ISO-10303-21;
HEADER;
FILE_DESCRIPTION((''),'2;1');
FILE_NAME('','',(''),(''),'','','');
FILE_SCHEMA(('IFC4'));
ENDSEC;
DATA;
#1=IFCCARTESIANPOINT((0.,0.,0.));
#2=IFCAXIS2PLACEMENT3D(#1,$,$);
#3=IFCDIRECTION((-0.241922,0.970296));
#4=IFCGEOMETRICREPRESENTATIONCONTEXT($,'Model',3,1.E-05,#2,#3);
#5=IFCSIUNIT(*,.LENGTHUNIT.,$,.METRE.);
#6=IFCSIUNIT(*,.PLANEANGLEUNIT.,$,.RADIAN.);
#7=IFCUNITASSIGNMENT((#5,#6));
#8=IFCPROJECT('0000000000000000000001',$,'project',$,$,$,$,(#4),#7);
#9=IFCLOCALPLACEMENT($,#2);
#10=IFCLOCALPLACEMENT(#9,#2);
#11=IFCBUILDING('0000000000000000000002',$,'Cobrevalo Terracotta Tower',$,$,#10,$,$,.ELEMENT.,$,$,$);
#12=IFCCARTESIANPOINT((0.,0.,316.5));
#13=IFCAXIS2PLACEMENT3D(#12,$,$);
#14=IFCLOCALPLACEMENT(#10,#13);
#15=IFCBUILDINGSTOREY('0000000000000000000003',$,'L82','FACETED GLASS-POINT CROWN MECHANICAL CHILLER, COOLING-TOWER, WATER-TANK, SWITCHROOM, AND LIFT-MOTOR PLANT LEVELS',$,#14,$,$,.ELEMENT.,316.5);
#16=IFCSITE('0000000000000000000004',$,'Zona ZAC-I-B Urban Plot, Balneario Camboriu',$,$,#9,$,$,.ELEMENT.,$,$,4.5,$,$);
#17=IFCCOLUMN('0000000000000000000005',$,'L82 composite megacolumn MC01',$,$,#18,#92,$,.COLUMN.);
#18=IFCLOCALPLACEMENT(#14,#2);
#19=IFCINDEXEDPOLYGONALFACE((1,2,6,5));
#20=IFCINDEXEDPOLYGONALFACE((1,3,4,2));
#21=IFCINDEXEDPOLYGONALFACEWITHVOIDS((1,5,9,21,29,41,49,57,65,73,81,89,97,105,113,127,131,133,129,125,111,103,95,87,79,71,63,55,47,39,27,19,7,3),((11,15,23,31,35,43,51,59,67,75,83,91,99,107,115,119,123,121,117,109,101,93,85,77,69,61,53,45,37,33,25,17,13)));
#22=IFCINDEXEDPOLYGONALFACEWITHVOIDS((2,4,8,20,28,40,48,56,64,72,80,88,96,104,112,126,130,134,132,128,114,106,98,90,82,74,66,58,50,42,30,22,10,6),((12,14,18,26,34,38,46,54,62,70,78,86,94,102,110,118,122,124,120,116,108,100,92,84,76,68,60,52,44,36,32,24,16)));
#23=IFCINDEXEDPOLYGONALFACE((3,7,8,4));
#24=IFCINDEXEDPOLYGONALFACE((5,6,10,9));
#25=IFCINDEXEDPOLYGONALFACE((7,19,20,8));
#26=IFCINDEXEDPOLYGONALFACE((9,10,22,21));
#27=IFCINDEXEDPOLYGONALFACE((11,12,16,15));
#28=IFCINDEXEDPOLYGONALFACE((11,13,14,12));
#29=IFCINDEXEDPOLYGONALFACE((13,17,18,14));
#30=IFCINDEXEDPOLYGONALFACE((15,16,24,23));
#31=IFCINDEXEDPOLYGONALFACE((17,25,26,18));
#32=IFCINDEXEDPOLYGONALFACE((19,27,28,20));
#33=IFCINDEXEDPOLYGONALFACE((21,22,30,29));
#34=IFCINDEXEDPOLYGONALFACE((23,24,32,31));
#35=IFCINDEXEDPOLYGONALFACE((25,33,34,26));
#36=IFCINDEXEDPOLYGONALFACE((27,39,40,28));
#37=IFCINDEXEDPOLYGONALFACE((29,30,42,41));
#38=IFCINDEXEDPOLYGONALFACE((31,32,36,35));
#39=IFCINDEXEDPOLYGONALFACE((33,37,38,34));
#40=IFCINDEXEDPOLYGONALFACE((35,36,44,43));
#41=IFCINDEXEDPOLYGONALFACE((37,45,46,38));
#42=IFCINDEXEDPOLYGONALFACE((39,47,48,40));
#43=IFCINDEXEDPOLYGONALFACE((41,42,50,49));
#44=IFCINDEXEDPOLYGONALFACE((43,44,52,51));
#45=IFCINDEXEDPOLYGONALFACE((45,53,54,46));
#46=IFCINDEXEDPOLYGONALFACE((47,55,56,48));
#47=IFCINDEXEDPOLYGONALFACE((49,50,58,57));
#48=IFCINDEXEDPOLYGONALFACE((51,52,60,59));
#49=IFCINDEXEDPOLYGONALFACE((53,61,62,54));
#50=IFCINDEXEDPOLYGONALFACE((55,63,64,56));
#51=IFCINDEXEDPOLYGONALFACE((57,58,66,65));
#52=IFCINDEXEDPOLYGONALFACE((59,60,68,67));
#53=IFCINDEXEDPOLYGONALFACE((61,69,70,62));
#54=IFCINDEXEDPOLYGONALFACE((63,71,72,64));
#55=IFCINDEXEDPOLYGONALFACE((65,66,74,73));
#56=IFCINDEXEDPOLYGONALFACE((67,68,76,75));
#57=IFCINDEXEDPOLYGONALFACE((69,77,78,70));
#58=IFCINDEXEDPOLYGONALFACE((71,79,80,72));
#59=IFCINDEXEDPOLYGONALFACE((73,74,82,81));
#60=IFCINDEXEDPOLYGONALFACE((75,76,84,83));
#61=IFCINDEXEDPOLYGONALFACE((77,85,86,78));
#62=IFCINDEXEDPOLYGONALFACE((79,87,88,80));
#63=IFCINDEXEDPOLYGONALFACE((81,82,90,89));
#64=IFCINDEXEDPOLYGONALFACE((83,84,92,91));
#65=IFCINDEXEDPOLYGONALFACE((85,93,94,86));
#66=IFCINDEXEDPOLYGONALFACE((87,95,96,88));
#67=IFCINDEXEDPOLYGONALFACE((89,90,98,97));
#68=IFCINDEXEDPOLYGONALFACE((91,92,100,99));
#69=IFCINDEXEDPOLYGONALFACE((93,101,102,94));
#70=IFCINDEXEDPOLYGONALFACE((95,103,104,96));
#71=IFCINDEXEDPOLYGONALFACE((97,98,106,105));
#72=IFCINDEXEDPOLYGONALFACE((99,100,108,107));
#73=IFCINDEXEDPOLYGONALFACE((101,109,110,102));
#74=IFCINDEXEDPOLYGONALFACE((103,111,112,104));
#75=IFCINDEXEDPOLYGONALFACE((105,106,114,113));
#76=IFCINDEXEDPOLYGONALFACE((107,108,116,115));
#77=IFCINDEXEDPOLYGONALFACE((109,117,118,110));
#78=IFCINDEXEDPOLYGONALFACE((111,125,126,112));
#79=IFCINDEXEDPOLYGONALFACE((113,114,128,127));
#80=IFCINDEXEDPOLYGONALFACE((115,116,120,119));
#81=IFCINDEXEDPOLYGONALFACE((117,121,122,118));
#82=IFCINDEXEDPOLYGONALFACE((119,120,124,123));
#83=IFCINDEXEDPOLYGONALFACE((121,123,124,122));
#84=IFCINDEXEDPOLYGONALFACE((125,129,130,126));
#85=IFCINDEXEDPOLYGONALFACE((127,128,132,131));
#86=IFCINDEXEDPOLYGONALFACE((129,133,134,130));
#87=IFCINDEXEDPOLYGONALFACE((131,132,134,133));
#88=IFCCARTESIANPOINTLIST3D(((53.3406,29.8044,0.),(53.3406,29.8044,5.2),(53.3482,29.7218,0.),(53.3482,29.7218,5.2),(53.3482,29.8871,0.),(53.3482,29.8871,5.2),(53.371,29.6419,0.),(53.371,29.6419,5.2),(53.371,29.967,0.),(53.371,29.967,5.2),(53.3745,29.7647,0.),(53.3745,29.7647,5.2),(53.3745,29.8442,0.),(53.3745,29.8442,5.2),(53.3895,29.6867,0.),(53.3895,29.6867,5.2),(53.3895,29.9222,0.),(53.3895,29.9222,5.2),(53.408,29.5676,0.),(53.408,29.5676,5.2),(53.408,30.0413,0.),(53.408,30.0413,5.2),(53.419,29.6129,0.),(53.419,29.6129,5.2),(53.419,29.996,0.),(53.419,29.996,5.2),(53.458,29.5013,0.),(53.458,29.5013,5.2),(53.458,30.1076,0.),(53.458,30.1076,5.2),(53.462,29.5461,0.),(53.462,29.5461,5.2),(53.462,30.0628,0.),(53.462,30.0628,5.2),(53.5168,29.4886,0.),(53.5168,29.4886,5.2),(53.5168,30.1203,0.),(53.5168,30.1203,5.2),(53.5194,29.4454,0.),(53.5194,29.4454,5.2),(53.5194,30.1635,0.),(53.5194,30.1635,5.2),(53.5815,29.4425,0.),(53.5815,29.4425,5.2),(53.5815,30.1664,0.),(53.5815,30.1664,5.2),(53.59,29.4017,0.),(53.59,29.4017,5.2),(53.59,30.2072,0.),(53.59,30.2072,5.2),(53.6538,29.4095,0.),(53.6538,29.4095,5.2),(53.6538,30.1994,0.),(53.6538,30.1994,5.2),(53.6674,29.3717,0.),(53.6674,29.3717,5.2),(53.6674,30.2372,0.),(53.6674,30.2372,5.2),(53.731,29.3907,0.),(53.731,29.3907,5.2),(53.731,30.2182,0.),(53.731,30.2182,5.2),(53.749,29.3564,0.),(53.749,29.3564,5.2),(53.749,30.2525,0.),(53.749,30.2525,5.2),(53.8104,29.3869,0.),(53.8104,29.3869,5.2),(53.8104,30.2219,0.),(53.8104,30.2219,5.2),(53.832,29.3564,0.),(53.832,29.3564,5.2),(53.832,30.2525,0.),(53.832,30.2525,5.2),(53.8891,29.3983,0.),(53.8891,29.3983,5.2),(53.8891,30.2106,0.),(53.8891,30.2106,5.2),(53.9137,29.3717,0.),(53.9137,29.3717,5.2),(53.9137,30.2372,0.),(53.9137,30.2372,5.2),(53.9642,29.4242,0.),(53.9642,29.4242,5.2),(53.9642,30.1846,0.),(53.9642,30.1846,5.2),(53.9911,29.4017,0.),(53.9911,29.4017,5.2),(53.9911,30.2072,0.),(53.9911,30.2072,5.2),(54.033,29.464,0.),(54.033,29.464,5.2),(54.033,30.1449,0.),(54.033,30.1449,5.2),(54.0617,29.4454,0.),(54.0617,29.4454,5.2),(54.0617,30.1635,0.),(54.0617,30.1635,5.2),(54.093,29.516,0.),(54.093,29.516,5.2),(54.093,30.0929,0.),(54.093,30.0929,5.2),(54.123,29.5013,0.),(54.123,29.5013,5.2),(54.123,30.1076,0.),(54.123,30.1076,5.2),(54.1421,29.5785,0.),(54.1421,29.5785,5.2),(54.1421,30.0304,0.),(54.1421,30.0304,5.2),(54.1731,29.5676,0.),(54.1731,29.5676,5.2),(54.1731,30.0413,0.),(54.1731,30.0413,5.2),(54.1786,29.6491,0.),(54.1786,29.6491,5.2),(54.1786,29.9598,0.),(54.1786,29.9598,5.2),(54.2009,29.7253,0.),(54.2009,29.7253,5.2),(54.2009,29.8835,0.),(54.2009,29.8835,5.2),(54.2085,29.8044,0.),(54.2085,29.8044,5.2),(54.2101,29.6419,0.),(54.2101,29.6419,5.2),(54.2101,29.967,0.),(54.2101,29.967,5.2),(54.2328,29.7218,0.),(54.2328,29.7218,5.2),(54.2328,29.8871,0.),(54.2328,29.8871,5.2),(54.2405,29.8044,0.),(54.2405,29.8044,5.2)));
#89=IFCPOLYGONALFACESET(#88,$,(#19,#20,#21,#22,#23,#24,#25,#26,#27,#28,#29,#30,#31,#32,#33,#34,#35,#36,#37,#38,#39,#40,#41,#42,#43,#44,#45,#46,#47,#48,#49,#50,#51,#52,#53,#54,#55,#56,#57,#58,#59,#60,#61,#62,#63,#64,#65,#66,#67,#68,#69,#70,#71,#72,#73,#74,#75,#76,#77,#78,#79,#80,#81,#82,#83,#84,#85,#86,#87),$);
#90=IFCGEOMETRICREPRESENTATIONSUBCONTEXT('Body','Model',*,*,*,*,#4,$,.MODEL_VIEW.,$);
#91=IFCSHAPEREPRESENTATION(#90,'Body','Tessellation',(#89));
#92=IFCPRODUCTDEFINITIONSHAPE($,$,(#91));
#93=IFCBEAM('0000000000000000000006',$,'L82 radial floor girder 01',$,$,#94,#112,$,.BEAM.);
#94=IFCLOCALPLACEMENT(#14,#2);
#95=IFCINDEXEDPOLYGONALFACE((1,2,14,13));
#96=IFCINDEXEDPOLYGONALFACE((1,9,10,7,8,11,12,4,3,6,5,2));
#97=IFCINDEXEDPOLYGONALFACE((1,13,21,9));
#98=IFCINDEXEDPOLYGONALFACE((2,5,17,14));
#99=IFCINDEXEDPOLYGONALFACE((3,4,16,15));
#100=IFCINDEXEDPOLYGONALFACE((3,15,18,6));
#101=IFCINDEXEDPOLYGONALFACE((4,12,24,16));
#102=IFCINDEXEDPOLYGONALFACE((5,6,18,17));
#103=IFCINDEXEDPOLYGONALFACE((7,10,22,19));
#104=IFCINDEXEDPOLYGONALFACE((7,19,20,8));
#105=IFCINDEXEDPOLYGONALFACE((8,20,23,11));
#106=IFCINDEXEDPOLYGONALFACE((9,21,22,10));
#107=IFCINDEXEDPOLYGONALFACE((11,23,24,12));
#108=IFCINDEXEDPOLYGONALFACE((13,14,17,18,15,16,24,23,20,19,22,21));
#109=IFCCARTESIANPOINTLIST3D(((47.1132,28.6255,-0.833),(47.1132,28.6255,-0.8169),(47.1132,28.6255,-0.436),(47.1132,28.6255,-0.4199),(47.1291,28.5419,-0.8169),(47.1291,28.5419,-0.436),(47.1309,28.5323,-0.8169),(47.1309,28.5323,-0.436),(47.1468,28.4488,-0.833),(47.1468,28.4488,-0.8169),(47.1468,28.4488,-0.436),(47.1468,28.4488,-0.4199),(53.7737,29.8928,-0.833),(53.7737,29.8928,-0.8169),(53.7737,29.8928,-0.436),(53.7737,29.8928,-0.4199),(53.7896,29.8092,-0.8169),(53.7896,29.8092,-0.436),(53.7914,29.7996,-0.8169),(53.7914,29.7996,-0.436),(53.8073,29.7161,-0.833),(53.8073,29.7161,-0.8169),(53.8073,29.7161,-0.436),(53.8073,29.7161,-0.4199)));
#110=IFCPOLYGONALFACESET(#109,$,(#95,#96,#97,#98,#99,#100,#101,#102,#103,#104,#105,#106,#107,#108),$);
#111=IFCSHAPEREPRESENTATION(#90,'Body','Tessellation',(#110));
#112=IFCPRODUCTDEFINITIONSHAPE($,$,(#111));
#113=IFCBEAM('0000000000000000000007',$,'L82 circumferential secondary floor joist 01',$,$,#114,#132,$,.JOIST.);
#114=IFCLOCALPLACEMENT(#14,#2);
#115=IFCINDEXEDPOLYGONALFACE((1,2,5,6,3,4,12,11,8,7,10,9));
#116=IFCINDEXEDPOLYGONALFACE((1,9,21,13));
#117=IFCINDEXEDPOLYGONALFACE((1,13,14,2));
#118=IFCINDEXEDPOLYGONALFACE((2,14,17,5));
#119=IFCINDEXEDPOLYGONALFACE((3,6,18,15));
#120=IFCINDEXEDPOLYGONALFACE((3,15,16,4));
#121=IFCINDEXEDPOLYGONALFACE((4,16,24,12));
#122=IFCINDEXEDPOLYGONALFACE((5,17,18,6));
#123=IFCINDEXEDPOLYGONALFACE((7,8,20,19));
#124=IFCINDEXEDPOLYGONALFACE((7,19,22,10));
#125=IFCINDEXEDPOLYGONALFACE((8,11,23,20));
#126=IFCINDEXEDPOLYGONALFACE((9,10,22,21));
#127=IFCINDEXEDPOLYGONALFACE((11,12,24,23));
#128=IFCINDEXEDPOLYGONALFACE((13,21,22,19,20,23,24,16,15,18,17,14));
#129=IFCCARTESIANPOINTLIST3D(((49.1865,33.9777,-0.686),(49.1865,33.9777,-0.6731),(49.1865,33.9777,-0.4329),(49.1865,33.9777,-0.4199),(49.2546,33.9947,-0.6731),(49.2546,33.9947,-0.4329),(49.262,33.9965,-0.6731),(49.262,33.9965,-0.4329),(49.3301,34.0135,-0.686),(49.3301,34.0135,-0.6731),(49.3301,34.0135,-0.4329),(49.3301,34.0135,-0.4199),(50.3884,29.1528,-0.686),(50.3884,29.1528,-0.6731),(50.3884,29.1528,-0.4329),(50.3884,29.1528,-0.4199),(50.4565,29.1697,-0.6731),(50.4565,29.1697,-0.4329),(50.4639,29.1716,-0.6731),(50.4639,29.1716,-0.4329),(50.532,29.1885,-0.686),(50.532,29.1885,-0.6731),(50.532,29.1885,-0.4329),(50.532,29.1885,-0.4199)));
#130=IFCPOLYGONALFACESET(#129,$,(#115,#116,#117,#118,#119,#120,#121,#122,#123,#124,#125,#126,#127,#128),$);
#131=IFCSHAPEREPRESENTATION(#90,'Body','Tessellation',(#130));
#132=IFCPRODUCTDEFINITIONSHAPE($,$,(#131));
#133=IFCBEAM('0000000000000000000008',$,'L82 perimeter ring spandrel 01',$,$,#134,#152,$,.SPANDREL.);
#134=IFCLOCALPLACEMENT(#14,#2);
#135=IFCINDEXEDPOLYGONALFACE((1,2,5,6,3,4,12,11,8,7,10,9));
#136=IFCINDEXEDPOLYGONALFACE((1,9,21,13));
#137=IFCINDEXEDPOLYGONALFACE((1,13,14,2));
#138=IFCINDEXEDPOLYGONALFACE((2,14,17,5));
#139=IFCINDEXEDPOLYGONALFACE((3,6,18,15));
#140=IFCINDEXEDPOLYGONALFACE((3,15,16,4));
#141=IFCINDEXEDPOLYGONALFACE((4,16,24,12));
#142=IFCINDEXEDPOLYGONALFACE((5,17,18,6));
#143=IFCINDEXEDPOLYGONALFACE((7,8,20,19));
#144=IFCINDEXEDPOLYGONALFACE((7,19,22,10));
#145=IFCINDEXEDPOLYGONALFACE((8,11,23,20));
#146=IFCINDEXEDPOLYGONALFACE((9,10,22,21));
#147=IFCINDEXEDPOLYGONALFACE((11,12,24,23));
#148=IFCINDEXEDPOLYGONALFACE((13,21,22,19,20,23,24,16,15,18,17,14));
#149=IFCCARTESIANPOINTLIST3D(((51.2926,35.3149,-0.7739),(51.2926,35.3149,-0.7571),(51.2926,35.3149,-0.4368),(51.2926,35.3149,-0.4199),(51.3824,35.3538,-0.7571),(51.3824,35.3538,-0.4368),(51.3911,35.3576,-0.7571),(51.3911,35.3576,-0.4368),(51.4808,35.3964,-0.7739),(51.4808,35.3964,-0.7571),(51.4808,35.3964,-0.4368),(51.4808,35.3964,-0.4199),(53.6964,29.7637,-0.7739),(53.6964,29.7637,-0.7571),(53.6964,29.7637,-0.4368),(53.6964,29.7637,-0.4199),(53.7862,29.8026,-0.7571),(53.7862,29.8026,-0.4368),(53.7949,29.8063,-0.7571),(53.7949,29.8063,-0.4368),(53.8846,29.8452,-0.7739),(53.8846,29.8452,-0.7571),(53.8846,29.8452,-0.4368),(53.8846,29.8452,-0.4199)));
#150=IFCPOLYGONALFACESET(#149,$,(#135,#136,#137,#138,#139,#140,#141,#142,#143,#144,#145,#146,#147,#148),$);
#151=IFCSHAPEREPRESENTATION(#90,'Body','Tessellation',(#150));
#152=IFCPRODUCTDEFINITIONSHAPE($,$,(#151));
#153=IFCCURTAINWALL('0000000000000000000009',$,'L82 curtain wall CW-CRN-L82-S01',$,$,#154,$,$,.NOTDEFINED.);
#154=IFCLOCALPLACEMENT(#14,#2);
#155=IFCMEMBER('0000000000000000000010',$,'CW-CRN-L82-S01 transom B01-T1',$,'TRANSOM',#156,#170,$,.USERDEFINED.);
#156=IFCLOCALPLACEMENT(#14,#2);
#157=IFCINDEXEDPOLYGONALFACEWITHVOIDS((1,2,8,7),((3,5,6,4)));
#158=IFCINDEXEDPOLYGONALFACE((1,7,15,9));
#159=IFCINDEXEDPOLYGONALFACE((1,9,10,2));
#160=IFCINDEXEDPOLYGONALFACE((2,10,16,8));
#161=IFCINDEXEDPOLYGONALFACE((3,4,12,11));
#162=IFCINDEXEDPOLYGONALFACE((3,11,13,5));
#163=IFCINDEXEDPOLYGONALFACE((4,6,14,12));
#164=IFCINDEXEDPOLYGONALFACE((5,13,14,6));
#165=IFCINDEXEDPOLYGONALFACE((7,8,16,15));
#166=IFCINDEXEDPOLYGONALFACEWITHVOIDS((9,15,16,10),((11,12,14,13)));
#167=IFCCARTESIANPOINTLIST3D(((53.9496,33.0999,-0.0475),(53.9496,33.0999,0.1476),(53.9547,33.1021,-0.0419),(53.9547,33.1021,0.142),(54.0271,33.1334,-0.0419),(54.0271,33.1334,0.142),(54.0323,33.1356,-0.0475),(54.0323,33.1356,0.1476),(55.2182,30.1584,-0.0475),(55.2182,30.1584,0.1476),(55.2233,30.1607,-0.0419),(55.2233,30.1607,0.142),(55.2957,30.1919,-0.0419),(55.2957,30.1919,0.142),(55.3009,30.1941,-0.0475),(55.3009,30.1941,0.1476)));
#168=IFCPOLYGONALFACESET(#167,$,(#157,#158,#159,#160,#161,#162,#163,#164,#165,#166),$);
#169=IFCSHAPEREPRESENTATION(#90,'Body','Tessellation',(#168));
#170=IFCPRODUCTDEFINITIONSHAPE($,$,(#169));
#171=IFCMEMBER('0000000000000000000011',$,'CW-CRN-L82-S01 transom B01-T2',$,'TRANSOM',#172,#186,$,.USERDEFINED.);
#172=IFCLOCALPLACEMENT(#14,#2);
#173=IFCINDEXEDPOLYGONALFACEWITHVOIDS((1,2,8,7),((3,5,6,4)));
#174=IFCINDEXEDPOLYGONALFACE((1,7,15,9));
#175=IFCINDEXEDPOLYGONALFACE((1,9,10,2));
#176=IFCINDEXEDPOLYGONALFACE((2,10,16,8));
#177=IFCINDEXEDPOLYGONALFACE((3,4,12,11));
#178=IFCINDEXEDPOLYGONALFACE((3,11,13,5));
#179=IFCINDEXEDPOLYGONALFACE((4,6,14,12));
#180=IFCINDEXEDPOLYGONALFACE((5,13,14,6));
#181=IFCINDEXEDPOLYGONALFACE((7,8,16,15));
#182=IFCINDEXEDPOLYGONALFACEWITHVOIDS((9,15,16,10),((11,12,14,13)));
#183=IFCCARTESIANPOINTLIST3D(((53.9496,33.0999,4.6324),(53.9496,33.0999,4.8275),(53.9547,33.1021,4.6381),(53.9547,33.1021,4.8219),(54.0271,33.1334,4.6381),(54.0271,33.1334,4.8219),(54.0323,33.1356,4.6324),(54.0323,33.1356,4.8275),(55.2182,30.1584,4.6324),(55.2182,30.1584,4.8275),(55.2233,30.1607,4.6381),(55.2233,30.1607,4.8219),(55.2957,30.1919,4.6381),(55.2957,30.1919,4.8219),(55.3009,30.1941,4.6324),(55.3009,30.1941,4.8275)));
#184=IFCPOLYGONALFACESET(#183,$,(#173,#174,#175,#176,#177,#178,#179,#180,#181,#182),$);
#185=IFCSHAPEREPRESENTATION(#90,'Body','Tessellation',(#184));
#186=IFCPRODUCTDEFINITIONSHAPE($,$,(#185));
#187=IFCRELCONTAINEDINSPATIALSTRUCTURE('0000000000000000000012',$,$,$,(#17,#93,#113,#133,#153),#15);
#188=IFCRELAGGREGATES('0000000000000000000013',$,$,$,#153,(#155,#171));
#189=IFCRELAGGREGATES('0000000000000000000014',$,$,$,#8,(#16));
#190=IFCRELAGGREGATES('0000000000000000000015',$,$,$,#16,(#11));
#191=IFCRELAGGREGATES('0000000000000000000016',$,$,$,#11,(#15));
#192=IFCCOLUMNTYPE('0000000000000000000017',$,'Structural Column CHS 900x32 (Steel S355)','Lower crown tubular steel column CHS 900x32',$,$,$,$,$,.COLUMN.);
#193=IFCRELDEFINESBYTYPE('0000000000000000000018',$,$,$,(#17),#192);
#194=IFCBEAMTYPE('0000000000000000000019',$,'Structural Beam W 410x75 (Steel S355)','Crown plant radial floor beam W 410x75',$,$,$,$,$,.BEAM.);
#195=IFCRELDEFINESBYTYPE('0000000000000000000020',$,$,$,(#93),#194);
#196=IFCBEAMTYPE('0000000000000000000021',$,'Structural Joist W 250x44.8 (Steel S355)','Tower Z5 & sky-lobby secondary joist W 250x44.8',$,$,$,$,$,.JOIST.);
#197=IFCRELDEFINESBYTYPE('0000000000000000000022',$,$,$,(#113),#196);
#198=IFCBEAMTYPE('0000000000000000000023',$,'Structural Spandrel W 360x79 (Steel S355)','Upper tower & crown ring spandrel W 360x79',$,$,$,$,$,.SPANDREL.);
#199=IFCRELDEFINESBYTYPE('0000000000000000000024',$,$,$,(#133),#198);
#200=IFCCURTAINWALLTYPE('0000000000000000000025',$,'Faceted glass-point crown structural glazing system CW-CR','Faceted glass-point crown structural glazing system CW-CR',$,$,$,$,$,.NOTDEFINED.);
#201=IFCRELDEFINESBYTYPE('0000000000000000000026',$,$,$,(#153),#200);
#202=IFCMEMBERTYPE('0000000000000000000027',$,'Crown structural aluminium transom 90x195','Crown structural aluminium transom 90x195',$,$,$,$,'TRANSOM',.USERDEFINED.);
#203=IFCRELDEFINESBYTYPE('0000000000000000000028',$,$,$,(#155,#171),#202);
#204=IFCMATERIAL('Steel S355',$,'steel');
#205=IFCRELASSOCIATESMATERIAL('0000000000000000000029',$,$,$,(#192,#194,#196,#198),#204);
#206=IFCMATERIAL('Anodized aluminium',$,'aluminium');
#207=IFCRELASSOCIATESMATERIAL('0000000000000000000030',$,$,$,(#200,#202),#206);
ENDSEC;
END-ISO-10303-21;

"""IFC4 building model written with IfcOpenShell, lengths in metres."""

from ifc_helpers import new_model, si_unit, direction, frame, origin, origin_2d, place, context, subcontext, project, spatial, hollow_rectangle, hollow_circle, i_section, extrude, source, transform, mapped, material, material_profile, profile_set, type_object, element, aggregate, save


model = new_model("IFC4")

# Units and contexts
model_context = context("Model", 3, precision=1e-05, world=origin(), true_north=direction((-0.241922, 0.970296)))
body_context = subcontext(model_context, "Body", "Model", "MODEL_VIEW")
ifc_project = project(units=[si_unit("LENGTHUNIT", "METRE"), si_unit("PLANEANGLEUNIT", "RADIAN")], contexts=[model_context])

# Site, building, storey
site_placement = place(None, origin())
site = spatial("IfcSite", under=ifc_project, at=site_placement, Name="Zona ZAC-I-B Urban Plot, Balneario Camboriu", CompositionType="ELEMENT", RefElevation=4.5)
building_placement = place(site_placement, origin())
building = spatial("IfcBuilding", under=site, at=building_placement, Name="Cobrevalo Terracotta Tower", CompositionType="ELEMENT")
storey_placement = place(building_placement, frame((0.0, 0.0, 316.5)))
storey = spatial("IfcBuildingStorey", under=building, at=storey_placement, Name="L82", Description="FACETED GLASS-POINT CROWN MECHANICAL CHILLER, COOLING-TOWER, WATER-TANK, SWITCHROOM, AND LIFT-MOTOR PLANT LEVELS", CompositionType="ELEMENT", Elevation=316.5)

# Column
ifc_material_1 = material(Name="Steel S355", Category="steel")
ifc_material_profile_1 = material_profile(ifc_material_1, hollow_circle(Radius=0.45, WallThickness=0.032, at=origin_2d()), Name="CHS 900x32")
ifc_profile_set_1 = profile_set([ifc_material_profile_1], Name="Steel S355")
column_type = type_object("IfcColumnType", Name="Structural Column CHS 900x32 (Steel S355)", Description="Lower crown tubular steel column CHS 900x32", PredefinedType="COLUMN", material=ifc_profile_set_1)
column_placement = place(storey_placement, frame((53.7905, 29.8044, 0.0), z_axis=(0.0, 0.0, 1.0), x_axis=(1.0, 0.0, 0.0)))
element("IfcColumn", 1, at=column_placement, inside=storey, type_object=column_type, Name="L82 composite megacolumn MC01", PredefinedType="COLUMN", context=body_context, shape_type="SweptSolid", body=[
    extrude(hollow_circle(Radius=0.45, WallThickness=0.032, at=origin_2d()), origin(), (0.0, 0.0, 1.0), 5.2),
])

# Beams
ifc_material_profile_2 = material_profile(ifc_material_1, i_section(OverallWidth=0.1799, OverallDepth=0.4131, WebThickness=0.0098, FlangeThickness=0.0161, at=origin_2d()), Name="W 410x75")
ifc_profile_set_2 = profile_set([ifc_material_profile_2], Name="Steel S355")
beam_type_1 = type_object("IfcBeamType", Name="Structural Beam W 410x75 (Steel S355)", Description="Crown plant radial floor beam W 410x75", PredefinedType="BEAM", material=ifc_profile_set_2)
beam_1_placement = place(storey_placement, frame((53.7905, 29.8044, -0.6265), z_axis=(-0.982375, -0.186919, 0.0), x_axis=(0.186919, -0.982375, 0.0)))
element("IfcBeam", 2, at=beam_1_placement, inside=storey, type_object=beam_type_1, Name="L82 radial floor girder 01", PredefinedType="BEAM", context=body_context, shape_type="SweptSolid", body=[
    extrude(i_section(OverallWidth=0.1799, OverallDepth=0.4131, WebThickness=0.0098, FlangeThickness=0.0161, at=origin_2d()), origin(), (0.0, 0.0, 1.0), 6.78),
])
ifc_material_profile_3 = material_profile(ifc_material_1, i_section(OverallWidth=0.1479, OverallDepth=0.2661, WebThickness=0.0076, FlangeThickness=0.0129, at=origin_2d()), Name="W 250x44.8")
ifc_profile_set_3 = profile_set([ifc_material_profile_3], Name="Steel S355")
beam_type_2 = type_object("IfcBeamType", Name="Structural Joist W 250x44.8 (Steel S355)", Description="Tower Z5 & sky-lobby secondary joist W 250x44.8", PredefinedType="JOIST", material=ifc_profile_set_3)
beam_2_placement = place(storey_placement, frame((50.4602, 29.1707, -0.553), z_axis=(-0.241715, 0.970347, 0.0), x_axis=(-0.970347, -0.241715, 0.0)))
element("IfcBeam", 3, at=beam_2_placement, inside=storey, type_object=beam_type_2, Name="L82 circumferential secondary floor joist 01", PredefinedType="JOIST", context=body_context, shape_type="SweptSolid", body=[
    extrude(i_section(OverallWidth=0.1479, OverallDepth=0.2661, WebThickness=0.0076, FlangeThickness=0.0129, at=origin_2d()), origin(), (0.0, 0.0, 1.0), 4.9724),
])
ifc_material_profile_4 = material_profile(ifc_material_1, i_section(OverallWidth=0.2051, OverallDepth=0.354, WebThickness=0.0095, FlangeThickness=0.0168, at=origin_2d()), Name="W 360x79")
ifc_profile_set_4 = profile_set([ifc_material_profile_4], Name="Steel S355")
beam_type_3 = type_object("IfcBeamType", Name="Structural Spandrel W 360x79 (Steel S355)", Description="Upper tower & crown ring spandrel W 360x79", PredefinedType="SPANDREL", material=ifc_profile_set_4)
beam_3_placement = place(storey_placement, frame((53.7905, 29.8044, -0.5969), z_axis=(-0.397365, 0.917661, 0.0), x_axis=(-0.917661, -0.397365, 0.0)))
element("IfcBeam", 4, at=beam_3_placement, inside=storey, type_object=beam_type_3, Name="L82 perimeter ring spandrel 01", PredefinedType="SPANDREL", context=body_context, shape_type="SweptSolid", body=[
    extrude(i_section(OverallWidth=0.2051, OverallDepth=0.354, WebThickness=0.0095, FlangeThickness=0.0168, at=origin_2d()), origin(), (0.0, 0.0, 1.0), 6.0493),
])

# Curtain wall, members
ifc_material_2 = material(Name="Anodized aluminium", Category="aluminium")
curtain_wall_type = type_object("IfcCurtainWallType", Name="Faceted glass-point crown structural glazing system CW-CR", Description="Faceted glass-point crown structural glazing system CW-CR", PredefinedType="NOTDEFINED", material=ifc_material_2)
curtain_wall_1_placement = place(storey_placement, origin())
curtain_wall_1 = element("IfcCurtainWall", 5, at=curtain_wall_1_placement, inside=storey, type_object=curtain_wall_type, Name="L82 curtain wall CW-CRN-L82-S01", PredefinedType="NOTDEFINED")
ifc_material_profile_5 = material_profile(ifc_material_2, hollow_rectangle(XDim=0.0901, YDim=0.1951, WallThickness=0.0056, at=origin_2d()), Name="CWT 90x195")
ifc_profile_set_5 = profile_set([ifc_material_profile_5], Name="Anodized aluminium")
member_type_1 = type_object("IfcMemberType", Name="Crown structural aluminium transom 90x195", Description="Crown structural aluminium transom 90x195", ElementType="TRANSOM", PredefinedType="USERDEFINED", material=ifc_profile_set_5)
shared_shape_1 = source(origin(), body_context, "Body", "SweptSolid", [
    extrude(hollow_rectangle(XDim=0.0901, YDim=0.1951, WallThickness=0.0056, at=origin_2d()), origin(), (0.0, 0.0, 1.0), 3.2034),
])
member_1_placement = place(storey_placement, frame((55.2595, 30.1763, 0.05), z_axis=(-0.396016, 0.918244, 0.0), x_axis=(-0.918244, -0.396016, 0.0)))
member_1 = element("IfcMember", 6, at=member_1_placement, type_object=member_type_1, Name="CW-CRN-L82-S01 transom B01-T1", ObjectType="TRANSOM", PredefinedType="USERDEFINED", context=body_context, shape_type="MappedRepresentation", body=[
    mapped(shared_shape_1, transform((0.0, 0.0, 0.0), scale=1.0)),
])
member_2_placement = place(storey_placement, frame((55.2595, 30.1763, 4.73), z_axis=(-0.396016, 0.918244, 0.0), x_axis=(-0.918244, -0.396016, 0.0)))
member_2 = element("IfcMember", 7, at=member_2_placement, type_object=member_type_1, Name="CW-CRN-L82-S01 transom B01-T2", ObjectType="TRANSOM", PredefinedType="USERDEFINED", context=body_context, shape_type="MappedRepresentation", body=[
    mapped(shared_shape_1, transform((0.0, 0.0, 0.0), scale=1.0)),
])

aggregate(curtain_wall_1, [member_1, member_2])

save(model, "model.ifc")
